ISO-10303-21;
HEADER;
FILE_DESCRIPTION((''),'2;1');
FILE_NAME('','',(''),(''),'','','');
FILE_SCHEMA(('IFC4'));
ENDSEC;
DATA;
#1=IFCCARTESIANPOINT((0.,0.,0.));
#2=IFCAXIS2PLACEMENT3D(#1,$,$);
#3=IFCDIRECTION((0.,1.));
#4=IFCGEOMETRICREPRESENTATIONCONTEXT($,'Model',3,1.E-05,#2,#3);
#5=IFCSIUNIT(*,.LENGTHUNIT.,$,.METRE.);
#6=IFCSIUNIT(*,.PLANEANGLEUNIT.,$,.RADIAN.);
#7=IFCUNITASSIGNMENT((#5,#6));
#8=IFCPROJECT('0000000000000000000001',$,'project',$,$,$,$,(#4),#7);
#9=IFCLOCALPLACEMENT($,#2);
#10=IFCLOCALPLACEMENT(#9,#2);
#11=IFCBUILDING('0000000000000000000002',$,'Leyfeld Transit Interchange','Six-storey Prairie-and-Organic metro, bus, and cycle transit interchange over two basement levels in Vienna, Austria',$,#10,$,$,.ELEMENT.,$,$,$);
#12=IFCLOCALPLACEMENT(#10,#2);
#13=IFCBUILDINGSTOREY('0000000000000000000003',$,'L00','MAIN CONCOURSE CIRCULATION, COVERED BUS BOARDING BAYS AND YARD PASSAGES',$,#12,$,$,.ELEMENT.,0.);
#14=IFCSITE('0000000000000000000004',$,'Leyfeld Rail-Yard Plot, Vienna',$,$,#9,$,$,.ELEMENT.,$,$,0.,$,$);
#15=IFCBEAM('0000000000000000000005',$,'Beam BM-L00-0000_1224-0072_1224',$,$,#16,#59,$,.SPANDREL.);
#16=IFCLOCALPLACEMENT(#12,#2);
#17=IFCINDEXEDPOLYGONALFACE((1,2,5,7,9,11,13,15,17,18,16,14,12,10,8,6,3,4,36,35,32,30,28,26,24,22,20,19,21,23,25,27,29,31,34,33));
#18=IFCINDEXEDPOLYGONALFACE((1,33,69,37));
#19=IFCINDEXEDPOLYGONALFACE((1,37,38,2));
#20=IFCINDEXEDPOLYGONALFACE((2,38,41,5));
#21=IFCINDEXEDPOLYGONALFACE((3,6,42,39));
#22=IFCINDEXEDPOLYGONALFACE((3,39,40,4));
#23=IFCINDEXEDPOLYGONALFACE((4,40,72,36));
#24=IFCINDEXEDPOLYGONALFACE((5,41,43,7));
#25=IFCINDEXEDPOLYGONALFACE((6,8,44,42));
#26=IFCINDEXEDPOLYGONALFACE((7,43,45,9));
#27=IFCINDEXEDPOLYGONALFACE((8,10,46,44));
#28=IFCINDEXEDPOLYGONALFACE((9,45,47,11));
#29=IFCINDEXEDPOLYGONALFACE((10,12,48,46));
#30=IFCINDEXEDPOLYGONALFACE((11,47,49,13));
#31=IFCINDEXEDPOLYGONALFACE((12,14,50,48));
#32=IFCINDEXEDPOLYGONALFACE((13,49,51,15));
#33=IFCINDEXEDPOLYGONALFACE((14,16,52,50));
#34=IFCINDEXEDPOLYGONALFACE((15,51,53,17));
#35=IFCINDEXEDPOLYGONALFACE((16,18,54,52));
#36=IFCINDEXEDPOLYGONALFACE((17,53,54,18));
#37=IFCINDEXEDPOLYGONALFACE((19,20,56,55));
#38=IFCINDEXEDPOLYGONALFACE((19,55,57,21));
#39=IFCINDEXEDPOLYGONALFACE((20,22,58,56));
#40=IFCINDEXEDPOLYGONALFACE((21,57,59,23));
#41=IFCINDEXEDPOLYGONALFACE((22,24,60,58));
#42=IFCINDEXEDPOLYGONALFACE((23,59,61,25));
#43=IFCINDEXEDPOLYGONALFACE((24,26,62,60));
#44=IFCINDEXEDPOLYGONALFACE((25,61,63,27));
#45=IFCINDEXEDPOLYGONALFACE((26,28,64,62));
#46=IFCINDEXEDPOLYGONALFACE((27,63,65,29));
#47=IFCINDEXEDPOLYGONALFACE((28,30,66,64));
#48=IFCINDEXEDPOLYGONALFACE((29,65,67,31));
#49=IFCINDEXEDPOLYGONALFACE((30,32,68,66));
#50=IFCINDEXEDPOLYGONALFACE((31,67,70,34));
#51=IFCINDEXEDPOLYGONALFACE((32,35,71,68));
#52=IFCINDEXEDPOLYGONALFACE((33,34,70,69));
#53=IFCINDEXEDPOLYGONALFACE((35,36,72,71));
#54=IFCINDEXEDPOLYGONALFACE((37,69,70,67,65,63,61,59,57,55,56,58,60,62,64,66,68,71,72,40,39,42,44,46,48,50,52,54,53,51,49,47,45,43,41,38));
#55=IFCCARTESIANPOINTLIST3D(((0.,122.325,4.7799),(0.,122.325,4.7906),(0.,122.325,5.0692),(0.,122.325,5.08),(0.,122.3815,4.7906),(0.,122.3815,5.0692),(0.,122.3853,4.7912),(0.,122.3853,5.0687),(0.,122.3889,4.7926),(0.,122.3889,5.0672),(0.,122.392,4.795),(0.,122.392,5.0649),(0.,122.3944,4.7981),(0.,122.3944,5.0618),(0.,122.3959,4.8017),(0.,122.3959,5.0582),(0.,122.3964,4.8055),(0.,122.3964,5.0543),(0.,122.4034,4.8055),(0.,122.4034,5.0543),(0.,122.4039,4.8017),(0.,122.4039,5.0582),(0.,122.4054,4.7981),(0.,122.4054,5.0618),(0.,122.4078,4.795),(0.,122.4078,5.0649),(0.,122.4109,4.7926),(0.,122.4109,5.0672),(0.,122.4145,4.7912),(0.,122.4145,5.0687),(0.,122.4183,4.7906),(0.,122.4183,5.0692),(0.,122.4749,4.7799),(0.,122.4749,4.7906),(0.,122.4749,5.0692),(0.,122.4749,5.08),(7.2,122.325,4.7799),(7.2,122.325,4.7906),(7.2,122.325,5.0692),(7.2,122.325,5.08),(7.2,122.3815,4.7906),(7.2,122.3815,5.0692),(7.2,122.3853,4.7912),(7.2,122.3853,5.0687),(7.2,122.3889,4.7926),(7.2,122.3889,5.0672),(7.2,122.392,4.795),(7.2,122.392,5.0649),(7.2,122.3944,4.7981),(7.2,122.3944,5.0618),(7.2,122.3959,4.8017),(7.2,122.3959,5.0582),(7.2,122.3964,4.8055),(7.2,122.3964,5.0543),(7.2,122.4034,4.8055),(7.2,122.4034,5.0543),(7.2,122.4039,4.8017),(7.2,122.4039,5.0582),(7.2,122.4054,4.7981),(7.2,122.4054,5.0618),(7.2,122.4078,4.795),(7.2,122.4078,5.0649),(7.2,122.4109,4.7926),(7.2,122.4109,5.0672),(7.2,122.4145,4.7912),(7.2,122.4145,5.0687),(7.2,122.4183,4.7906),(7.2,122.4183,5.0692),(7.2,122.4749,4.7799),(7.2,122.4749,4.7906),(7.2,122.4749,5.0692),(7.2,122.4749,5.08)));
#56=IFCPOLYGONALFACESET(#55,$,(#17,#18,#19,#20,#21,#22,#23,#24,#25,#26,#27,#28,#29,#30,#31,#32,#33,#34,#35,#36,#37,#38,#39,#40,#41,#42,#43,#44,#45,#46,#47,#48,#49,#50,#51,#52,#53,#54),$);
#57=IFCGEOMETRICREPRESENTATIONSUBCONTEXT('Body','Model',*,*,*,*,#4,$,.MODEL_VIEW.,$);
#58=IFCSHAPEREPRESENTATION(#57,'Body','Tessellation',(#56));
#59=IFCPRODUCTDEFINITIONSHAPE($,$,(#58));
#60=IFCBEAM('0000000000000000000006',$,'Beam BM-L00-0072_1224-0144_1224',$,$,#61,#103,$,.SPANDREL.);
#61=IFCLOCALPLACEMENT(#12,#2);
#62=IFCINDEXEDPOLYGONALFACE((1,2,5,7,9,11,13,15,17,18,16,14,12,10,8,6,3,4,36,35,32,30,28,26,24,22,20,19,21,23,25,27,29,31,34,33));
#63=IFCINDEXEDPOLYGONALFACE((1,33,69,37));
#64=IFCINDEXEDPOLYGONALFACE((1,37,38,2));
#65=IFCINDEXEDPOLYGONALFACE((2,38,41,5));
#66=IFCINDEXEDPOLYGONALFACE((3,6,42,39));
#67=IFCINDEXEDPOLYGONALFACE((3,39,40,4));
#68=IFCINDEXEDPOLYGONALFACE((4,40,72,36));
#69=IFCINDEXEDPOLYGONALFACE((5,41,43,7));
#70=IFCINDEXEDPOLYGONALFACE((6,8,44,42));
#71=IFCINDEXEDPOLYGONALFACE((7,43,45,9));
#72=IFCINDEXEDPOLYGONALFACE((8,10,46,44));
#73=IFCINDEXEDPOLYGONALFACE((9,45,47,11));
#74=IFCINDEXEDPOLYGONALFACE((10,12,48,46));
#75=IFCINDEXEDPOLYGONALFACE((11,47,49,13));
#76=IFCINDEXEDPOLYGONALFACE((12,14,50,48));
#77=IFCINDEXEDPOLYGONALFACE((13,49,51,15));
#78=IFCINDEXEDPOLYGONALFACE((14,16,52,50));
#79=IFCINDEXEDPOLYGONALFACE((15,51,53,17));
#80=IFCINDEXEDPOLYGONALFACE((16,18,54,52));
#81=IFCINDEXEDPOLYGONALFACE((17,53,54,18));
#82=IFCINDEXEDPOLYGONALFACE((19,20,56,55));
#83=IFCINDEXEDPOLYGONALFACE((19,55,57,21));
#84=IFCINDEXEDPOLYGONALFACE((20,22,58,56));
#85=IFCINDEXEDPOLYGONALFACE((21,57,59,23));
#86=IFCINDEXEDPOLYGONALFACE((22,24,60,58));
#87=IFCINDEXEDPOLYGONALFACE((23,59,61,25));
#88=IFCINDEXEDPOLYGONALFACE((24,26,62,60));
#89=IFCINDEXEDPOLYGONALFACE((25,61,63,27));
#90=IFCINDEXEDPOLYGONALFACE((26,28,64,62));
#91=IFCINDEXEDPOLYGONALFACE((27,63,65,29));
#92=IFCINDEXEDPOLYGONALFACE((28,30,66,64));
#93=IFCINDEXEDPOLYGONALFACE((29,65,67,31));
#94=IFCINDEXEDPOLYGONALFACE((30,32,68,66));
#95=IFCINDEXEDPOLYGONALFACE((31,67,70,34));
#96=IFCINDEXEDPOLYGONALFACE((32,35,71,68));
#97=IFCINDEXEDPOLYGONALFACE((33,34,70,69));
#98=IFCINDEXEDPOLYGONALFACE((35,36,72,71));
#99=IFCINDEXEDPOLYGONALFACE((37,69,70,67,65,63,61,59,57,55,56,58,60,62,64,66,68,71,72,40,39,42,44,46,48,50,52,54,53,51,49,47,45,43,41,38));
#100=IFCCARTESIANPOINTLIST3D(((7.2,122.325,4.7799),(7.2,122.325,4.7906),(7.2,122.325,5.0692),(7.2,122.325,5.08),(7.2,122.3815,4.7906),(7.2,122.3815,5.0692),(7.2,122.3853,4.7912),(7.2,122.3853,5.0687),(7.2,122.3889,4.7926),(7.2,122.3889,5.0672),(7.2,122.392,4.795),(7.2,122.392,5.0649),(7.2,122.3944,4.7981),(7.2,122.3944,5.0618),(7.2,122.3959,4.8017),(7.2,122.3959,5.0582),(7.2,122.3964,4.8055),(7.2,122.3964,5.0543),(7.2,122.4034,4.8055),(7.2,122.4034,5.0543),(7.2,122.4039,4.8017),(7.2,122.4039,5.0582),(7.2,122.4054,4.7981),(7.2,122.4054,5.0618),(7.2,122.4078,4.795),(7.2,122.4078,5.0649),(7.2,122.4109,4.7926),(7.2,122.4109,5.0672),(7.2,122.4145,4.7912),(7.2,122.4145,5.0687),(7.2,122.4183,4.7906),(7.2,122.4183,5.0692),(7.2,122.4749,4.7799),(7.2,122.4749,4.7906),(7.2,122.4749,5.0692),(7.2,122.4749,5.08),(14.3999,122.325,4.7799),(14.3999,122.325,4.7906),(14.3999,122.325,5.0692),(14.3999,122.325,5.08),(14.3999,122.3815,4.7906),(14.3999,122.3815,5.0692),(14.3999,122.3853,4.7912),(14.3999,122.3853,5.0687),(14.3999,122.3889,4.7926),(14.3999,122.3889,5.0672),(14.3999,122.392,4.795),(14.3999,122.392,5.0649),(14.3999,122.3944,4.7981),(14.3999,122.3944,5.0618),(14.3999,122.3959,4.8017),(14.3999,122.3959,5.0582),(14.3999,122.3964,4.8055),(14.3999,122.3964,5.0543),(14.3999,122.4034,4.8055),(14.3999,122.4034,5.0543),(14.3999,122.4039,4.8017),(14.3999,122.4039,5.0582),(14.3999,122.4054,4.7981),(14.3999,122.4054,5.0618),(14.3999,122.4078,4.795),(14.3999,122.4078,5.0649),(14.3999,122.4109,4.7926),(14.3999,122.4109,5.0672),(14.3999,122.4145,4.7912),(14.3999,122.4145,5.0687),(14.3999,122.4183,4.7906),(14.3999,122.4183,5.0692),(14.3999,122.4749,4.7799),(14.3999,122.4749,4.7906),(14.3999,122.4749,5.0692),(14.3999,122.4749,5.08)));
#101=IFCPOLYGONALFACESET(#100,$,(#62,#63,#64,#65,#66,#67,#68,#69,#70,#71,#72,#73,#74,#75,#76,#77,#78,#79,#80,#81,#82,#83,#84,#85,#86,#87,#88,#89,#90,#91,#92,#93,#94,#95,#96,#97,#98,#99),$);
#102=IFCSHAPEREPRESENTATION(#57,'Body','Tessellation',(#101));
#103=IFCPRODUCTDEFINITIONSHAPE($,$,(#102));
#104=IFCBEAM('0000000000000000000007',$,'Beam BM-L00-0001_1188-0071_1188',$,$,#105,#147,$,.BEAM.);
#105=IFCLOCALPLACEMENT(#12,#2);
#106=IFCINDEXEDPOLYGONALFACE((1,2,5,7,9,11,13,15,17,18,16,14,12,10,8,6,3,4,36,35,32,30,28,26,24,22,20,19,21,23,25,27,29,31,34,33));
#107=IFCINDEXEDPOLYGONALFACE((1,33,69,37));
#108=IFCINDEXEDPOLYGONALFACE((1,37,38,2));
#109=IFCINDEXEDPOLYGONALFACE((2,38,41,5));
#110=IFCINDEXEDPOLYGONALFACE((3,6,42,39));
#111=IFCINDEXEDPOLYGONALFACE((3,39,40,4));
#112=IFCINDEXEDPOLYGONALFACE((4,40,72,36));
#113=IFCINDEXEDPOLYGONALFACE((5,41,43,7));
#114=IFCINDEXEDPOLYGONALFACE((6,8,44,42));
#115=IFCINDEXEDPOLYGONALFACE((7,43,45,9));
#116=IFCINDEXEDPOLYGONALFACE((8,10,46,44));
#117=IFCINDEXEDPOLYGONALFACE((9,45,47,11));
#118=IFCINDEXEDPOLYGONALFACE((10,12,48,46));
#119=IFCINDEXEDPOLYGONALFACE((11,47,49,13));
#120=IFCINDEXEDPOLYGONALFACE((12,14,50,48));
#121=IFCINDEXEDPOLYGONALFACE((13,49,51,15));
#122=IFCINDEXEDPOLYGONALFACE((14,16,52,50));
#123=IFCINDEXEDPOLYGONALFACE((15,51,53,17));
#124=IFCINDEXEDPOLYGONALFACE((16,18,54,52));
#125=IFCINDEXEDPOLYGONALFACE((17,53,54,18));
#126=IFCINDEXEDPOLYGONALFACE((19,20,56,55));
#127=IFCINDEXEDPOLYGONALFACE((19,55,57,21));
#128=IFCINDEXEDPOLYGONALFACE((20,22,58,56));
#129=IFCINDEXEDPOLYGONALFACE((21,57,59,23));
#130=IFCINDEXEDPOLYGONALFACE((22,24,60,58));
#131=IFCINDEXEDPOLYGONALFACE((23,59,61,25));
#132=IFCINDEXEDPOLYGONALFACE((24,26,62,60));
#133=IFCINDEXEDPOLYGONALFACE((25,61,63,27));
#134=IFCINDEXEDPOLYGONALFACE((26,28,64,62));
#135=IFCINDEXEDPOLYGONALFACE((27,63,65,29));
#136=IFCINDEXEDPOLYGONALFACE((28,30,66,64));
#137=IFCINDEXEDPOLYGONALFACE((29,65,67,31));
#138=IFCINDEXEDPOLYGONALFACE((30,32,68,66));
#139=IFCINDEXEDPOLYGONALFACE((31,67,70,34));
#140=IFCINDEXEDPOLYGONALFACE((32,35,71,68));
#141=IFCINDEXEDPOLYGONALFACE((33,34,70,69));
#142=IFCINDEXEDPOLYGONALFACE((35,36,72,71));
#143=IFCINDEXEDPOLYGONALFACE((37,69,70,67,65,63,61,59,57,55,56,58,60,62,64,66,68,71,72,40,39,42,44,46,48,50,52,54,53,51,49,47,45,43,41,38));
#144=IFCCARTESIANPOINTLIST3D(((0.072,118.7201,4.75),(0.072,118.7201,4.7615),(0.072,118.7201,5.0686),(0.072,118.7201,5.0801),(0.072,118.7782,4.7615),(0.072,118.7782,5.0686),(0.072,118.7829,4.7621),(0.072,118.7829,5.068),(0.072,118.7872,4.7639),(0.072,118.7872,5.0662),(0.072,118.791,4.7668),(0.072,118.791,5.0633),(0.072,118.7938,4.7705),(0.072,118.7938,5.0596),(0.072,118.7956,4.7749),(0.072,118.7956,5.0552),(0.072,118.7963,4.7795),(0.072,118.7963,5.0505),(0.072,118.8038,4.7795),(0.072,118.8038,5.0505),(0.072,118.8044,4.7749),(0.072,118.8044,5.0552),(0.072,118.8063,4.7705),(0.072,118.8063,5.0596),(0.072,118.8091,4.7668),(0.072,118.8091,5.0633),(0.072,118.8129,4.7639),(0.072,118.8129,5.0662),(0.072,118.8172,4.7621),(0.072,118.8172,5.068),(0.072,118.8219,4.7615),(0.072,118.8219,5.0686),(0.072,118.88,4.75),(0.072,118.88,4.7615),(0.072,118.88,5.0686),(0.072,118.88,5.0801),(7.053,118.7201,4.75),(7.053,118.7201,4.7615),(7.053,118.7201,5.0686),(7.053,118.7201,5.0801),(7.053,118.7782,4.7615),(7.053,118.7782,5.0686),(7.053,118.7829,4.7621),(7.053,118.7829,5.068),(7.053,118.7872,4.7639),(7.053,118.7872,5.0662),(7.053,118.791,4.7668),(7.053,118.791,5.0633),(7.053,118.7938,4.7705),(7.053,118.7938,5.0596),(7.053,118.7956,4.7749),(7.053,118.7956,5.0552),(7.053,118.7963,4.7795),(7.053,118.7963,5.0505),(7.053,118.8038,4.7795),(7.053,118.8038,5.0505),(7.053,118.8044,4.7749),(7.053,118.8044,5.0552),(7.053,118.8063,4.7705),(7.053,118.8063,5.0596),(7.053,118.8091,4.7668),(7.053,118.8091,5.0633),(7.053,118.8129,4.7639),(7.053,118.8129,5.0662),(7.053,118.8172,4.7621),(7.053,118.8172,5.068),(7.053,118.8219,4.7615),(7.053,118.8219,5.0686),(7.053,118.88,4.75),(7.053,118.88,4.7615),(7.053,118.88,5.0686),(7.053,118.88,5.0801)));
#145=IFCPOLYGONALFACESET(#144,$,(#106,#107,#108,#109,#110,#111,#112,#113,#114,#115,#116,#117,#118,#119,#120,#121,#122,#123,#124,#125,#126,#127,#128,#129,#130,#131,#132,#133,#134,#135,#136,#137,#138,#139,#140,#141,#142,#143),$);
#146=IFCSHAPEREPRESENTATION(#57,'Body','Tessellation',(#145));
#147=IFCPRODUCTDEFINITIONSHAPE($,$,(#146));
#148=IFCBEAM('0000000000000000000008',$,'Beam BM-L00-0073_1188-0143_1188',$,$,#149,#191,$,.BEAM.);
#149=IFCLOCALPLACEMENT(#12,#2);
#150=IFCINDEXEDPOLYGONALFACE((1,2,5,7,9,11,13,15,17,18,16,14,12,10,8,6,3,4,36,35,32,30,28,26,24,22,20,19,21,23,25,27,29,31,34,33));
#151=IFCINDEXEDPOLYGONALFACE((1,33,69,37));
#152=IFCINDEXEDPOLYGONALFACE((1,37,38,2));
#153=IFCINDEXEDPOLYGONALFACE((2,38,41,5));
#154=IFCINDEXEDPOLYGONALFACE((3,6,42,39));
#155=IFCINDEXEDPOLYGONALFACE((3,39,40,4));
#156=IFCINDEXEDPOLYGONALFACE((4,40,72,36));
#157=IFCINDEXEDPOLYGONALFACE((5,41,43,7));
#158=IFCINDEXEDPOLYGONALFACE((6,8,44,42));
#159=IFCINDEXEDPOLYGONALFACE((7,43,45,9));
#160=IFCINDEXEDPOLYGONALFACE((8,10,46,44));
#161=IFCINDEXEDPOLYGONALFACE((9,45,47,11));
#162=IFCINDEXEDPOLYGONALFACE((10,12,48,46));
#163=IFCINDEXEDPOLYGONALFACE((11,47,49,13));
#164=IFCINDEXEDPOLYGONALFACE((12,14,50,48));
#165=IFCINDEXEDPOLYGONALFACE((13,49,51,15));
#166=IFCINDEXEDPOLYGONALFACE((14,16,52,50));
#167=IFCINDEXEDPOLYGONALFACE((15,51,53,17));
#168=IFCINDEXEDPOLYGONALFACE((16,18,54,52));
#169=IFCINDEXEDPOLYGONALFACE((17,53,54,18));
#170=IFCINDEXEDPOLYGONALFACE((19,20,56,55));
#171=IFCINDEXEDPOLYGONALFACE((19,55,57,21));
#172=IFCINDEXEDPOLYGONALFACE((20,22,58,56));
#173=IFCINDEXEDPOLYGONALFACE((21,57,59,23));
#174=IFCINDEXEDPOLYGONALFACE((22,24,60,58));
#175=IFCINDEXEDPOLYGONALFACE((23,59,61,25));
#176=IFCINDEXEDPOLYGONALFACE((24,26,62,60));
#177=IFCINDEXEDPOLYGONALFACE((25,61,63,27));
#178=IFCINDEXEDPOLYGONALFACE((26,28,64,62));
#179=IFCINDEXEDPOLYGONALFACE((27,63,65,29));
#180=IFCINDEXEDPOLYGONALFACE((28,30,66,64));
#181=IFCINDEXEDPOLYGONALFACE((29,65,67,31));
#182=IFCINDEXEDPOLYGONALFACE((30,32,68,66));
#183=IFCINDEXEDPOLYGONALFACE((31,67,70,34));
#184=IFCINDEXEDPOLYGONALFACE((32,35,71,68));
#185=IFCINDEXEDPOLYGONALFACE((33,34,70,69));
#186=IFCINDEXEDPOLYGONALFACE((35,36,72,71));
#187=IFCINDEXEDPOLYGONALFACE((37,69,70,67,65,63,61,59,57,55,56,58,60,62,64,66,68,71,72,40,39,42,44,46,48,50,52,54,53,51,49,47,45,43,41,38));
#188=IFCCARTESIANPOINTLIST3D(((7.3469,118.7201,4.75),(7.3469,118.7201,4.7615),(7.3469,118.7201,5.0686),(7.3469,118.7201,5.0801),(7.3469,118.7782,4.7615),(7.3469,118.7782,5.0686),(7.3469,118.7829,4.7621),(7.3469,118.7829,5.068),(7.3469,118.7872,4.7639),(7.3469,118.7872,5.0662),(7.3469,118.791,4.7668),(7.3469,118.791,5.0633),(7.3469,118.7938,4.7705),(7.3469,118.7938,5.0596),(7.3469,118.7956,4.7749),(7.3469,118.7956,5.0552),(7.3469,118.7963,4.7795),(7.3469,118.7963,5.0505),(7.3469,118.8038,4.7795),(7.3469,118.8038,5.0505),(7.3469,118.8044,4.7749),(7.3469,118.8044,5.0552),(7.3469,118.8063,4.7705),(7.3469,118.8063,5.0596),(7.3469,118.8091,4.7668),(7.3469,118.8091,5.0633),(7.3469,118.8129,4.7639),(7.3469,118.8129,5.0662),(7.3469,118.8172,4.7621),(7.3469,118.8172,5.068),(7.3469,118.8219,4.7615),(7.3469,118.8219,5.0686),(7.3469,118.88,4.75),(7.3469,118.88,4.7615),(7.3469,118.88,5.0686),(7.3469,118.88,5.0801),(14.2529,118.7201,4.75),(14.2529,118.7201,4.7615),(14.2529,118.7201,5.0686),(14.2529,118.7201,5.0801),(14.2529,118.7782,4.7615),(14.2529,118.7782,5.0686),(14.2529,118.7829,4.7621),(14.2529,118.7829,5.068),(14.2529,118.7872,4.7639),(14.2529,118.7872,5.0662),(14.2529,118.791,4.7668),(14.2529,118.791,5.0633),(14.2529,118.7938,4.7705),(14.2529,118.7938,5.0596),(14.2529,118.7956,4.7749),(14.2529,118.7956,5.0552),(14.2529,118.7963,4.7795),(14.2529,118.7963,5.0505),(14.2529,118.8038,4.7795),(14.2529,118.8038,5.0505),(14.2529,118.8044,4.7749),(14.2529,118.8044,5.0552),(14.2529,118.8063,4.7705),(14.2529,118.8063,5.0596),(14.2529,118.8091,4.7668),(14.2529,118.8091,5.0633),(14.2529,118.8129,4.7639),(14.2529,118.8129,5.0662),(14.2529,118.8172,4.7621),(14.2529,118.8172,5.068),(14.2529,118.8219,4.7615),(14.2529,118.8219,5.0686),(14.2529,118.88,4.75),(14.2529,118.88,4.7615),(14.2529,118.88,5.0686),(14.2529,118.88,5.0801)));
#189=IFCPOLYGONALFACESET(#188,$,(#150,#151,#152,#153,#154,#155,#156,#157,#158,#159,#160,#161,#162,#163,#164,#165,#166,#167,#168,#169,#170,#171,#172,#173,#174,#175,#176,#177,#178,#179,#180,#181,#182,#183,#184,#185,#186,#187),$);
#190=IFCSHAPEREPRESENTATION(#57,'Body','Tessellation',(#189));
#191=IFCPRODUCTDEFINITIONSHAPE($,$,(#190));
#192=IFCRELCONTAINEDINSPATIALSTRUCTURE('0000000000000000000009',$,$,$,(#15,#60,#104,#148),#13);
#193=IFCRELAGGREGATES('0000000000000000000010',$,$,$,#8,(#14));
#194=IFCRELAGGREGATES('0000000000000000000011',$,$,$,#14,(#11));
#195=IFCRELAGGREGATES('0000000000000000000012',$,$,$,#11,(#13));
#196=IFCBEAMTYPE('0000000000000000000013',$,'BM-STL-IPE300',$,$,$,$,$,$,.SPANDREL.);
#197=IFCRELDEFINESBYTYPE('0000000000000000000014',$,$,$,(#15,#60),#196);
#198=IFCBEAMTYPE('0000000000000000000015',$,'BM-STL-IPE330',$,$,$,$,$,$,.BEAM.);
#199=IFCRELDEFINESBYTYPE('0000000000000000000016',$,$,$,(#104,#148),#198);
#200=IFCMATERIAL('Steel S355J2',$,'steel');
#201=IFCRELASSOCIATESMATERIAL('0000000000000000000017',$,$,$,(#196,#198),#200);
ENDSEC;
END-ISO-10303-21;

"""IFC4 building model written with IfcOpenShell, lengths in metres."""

from ifc_helpers import new_model, si_unit, direction, frame, origin, origin_2d, place, context, subcontext, project, spatial, i_section, extrude, material, material_profile, profile_set, type_object, element, save


model = new_model("IFC4")

# Units and contexts
model_context = context("Model", 3, precision=1e-05, world=origin(), true_north=direction((0.0, 1.0)))
body_context = subcontext(model_context, "Body", "Model", "MODEL_VIEW")
ifc_project = project(units=[si_unit("LENGTHUNIT", "METRE"), si_unit("PLANEANGLEUNIT", "RADIAN")], contexts=[model_context])

# Site, building, storey
site_placement = place(None, origin())
site = spatial("IfcSite", under=ifc_project, at=site_placement, Name="Leyfeld Rail-Yard Plot, Vienna", CompositionType="ELEMENT", RefElevation=0.0)
building_placement = place(site_placement, origin())
building = spatial("IfcBuilding", under=site, at=building_placement, Name="Leyfeld Transit Interchange", Description="Six-storey Prairie-and-Organic metro, bus, and cycle transit interchange over two basement levels in Vienna, Austria", CompositionType="ELEMENT")
storey_placement = place(building_placement, origin())
storey = spatial("IfcBuildingStorey", under=building, at=storey_placement, Name="L00", Description="MAIN CONCOURSE CIRCULATION, COVERED BUS BOARDING BAYS AND YARD PASSAGES", CompositionType="ELEMENT", Elevation=0.0)

# Beams
ifc_material_1 = material(Name="Steel S355J2", Category="steel")
ifc_material_profile_1 = material_profile(ifc_material_1, i_section(OverallWidth=0.1499, OverallDepth=0.3, WebThickness=0.0071, FlangeThickness=0.0107, FilletRadius=0.0149, at=origin_2d()), Name="IPE 300")
ifc_profile_set_1 = profile_set([ifc_material_profile_1], Name="Steel S355J2")
beam_type_1 = type_object("IfcBeamType", Name="BM-STL-IPE300", PredefinedType="SPANDREL", material=ifc_profile_set_1)
for number, where, z_axis, x_axis, name in (
    (1, (0.0, 122.3999, 4.9299), (1.0, 0.0, 0.0), (0.0, 1.0, 0.0), "Beam BM-L00-0000_1224-0072_1224"),
    (2, (7.2, 122.3999, 4.9299), (1.0, 0.0, 0.0), (0.0, 1.0, 0.0), "Beam BM-L00-0072_1224-0144_1224"),
):
    element("IfcBeam", number, at=place(storey_placement, frame(where, z_axis=z_axis, x_axis=x_axis)), inside=storey, type_object=beam_type_1, Name=name, PredefinedType="SPANDREL", context=body_context, shape_type="SweptSolid", body=[
        extrude(i_section(OverallWidth=0.1499, OverallDepth=0.3, WebThickness=0.0071, FlangeThickness=0.0107, FilletRadius=0.0149, at=origin_2d()), origin(), (0.0, 0.0, 1.0), 7.2),
    ])
ifc_material_profile_2 = material_profile(ifc_material_1, i_section(OverallWidth=0.1599, OverallDepth=0.3301, WebThickness=0.0076, FlangeThickness=0.0115, FilletRadius=0.0181, at=origin_2d()), Name="IPE 330")
ifc_profile_set_2 = profile_set([ifc_material_profile_2], Name="Steel S355J2")
beam_type_2 = type_object("IfcBeamType", Name="BM-STL-IPE330", PredefinedType="BEAM", material=ifc_profile_set_2)
beam_1_placement = place(storey_placement, frame((0.072, 118.8, 4.915), z_axis=(1.0, 0.0, 0.0), x_axis=(0.0, 1.0, 0.0)))
element("IfcBeam", 3, at=beam_1_placement, inside=storey, type_object=beam_type_2, Name="Beam BM-L00-0001_1188-0071_1188", PredefinedType="BEAM", context=body_context, shape_type="SweptSolid", body=[
    extrude(i_section(OverallWidth=0.1599, OverallDepth=0.3301, WebThickness=0.0076, FlangeThickness=0.0115, FilletRadius=0.0181, at=origin_2d()), origin(), (0.0, 0.0, 1.0), 6.981),
])
beam_2_placement = place(storey_placement, frame((7.3469, 118.8, 4.915), z_axis=(1.0, 0.0, 0.0), x_axis=(0.0, 1.0, 0.0)))
element("IfcBeam", 4, at=beam_2_placement, inside=storey, type_object=beam_type_2, Name="Beam BM-L00-0073_1188-0143_1188", PredefinedType="BEAM", context=body_context, shape_type="SweptSolid", body=[
    extrude(i_section(OverallWidth=0.1599, OverallDepth=0.3301, WebThickness=0.0076, FlangeThickness=0.0115, FilletRadius=0.0181, at=origin_2d()), origin(), (0.0, 0.0, 1.0), 6.906),
])

save(model, "model.ifc")
